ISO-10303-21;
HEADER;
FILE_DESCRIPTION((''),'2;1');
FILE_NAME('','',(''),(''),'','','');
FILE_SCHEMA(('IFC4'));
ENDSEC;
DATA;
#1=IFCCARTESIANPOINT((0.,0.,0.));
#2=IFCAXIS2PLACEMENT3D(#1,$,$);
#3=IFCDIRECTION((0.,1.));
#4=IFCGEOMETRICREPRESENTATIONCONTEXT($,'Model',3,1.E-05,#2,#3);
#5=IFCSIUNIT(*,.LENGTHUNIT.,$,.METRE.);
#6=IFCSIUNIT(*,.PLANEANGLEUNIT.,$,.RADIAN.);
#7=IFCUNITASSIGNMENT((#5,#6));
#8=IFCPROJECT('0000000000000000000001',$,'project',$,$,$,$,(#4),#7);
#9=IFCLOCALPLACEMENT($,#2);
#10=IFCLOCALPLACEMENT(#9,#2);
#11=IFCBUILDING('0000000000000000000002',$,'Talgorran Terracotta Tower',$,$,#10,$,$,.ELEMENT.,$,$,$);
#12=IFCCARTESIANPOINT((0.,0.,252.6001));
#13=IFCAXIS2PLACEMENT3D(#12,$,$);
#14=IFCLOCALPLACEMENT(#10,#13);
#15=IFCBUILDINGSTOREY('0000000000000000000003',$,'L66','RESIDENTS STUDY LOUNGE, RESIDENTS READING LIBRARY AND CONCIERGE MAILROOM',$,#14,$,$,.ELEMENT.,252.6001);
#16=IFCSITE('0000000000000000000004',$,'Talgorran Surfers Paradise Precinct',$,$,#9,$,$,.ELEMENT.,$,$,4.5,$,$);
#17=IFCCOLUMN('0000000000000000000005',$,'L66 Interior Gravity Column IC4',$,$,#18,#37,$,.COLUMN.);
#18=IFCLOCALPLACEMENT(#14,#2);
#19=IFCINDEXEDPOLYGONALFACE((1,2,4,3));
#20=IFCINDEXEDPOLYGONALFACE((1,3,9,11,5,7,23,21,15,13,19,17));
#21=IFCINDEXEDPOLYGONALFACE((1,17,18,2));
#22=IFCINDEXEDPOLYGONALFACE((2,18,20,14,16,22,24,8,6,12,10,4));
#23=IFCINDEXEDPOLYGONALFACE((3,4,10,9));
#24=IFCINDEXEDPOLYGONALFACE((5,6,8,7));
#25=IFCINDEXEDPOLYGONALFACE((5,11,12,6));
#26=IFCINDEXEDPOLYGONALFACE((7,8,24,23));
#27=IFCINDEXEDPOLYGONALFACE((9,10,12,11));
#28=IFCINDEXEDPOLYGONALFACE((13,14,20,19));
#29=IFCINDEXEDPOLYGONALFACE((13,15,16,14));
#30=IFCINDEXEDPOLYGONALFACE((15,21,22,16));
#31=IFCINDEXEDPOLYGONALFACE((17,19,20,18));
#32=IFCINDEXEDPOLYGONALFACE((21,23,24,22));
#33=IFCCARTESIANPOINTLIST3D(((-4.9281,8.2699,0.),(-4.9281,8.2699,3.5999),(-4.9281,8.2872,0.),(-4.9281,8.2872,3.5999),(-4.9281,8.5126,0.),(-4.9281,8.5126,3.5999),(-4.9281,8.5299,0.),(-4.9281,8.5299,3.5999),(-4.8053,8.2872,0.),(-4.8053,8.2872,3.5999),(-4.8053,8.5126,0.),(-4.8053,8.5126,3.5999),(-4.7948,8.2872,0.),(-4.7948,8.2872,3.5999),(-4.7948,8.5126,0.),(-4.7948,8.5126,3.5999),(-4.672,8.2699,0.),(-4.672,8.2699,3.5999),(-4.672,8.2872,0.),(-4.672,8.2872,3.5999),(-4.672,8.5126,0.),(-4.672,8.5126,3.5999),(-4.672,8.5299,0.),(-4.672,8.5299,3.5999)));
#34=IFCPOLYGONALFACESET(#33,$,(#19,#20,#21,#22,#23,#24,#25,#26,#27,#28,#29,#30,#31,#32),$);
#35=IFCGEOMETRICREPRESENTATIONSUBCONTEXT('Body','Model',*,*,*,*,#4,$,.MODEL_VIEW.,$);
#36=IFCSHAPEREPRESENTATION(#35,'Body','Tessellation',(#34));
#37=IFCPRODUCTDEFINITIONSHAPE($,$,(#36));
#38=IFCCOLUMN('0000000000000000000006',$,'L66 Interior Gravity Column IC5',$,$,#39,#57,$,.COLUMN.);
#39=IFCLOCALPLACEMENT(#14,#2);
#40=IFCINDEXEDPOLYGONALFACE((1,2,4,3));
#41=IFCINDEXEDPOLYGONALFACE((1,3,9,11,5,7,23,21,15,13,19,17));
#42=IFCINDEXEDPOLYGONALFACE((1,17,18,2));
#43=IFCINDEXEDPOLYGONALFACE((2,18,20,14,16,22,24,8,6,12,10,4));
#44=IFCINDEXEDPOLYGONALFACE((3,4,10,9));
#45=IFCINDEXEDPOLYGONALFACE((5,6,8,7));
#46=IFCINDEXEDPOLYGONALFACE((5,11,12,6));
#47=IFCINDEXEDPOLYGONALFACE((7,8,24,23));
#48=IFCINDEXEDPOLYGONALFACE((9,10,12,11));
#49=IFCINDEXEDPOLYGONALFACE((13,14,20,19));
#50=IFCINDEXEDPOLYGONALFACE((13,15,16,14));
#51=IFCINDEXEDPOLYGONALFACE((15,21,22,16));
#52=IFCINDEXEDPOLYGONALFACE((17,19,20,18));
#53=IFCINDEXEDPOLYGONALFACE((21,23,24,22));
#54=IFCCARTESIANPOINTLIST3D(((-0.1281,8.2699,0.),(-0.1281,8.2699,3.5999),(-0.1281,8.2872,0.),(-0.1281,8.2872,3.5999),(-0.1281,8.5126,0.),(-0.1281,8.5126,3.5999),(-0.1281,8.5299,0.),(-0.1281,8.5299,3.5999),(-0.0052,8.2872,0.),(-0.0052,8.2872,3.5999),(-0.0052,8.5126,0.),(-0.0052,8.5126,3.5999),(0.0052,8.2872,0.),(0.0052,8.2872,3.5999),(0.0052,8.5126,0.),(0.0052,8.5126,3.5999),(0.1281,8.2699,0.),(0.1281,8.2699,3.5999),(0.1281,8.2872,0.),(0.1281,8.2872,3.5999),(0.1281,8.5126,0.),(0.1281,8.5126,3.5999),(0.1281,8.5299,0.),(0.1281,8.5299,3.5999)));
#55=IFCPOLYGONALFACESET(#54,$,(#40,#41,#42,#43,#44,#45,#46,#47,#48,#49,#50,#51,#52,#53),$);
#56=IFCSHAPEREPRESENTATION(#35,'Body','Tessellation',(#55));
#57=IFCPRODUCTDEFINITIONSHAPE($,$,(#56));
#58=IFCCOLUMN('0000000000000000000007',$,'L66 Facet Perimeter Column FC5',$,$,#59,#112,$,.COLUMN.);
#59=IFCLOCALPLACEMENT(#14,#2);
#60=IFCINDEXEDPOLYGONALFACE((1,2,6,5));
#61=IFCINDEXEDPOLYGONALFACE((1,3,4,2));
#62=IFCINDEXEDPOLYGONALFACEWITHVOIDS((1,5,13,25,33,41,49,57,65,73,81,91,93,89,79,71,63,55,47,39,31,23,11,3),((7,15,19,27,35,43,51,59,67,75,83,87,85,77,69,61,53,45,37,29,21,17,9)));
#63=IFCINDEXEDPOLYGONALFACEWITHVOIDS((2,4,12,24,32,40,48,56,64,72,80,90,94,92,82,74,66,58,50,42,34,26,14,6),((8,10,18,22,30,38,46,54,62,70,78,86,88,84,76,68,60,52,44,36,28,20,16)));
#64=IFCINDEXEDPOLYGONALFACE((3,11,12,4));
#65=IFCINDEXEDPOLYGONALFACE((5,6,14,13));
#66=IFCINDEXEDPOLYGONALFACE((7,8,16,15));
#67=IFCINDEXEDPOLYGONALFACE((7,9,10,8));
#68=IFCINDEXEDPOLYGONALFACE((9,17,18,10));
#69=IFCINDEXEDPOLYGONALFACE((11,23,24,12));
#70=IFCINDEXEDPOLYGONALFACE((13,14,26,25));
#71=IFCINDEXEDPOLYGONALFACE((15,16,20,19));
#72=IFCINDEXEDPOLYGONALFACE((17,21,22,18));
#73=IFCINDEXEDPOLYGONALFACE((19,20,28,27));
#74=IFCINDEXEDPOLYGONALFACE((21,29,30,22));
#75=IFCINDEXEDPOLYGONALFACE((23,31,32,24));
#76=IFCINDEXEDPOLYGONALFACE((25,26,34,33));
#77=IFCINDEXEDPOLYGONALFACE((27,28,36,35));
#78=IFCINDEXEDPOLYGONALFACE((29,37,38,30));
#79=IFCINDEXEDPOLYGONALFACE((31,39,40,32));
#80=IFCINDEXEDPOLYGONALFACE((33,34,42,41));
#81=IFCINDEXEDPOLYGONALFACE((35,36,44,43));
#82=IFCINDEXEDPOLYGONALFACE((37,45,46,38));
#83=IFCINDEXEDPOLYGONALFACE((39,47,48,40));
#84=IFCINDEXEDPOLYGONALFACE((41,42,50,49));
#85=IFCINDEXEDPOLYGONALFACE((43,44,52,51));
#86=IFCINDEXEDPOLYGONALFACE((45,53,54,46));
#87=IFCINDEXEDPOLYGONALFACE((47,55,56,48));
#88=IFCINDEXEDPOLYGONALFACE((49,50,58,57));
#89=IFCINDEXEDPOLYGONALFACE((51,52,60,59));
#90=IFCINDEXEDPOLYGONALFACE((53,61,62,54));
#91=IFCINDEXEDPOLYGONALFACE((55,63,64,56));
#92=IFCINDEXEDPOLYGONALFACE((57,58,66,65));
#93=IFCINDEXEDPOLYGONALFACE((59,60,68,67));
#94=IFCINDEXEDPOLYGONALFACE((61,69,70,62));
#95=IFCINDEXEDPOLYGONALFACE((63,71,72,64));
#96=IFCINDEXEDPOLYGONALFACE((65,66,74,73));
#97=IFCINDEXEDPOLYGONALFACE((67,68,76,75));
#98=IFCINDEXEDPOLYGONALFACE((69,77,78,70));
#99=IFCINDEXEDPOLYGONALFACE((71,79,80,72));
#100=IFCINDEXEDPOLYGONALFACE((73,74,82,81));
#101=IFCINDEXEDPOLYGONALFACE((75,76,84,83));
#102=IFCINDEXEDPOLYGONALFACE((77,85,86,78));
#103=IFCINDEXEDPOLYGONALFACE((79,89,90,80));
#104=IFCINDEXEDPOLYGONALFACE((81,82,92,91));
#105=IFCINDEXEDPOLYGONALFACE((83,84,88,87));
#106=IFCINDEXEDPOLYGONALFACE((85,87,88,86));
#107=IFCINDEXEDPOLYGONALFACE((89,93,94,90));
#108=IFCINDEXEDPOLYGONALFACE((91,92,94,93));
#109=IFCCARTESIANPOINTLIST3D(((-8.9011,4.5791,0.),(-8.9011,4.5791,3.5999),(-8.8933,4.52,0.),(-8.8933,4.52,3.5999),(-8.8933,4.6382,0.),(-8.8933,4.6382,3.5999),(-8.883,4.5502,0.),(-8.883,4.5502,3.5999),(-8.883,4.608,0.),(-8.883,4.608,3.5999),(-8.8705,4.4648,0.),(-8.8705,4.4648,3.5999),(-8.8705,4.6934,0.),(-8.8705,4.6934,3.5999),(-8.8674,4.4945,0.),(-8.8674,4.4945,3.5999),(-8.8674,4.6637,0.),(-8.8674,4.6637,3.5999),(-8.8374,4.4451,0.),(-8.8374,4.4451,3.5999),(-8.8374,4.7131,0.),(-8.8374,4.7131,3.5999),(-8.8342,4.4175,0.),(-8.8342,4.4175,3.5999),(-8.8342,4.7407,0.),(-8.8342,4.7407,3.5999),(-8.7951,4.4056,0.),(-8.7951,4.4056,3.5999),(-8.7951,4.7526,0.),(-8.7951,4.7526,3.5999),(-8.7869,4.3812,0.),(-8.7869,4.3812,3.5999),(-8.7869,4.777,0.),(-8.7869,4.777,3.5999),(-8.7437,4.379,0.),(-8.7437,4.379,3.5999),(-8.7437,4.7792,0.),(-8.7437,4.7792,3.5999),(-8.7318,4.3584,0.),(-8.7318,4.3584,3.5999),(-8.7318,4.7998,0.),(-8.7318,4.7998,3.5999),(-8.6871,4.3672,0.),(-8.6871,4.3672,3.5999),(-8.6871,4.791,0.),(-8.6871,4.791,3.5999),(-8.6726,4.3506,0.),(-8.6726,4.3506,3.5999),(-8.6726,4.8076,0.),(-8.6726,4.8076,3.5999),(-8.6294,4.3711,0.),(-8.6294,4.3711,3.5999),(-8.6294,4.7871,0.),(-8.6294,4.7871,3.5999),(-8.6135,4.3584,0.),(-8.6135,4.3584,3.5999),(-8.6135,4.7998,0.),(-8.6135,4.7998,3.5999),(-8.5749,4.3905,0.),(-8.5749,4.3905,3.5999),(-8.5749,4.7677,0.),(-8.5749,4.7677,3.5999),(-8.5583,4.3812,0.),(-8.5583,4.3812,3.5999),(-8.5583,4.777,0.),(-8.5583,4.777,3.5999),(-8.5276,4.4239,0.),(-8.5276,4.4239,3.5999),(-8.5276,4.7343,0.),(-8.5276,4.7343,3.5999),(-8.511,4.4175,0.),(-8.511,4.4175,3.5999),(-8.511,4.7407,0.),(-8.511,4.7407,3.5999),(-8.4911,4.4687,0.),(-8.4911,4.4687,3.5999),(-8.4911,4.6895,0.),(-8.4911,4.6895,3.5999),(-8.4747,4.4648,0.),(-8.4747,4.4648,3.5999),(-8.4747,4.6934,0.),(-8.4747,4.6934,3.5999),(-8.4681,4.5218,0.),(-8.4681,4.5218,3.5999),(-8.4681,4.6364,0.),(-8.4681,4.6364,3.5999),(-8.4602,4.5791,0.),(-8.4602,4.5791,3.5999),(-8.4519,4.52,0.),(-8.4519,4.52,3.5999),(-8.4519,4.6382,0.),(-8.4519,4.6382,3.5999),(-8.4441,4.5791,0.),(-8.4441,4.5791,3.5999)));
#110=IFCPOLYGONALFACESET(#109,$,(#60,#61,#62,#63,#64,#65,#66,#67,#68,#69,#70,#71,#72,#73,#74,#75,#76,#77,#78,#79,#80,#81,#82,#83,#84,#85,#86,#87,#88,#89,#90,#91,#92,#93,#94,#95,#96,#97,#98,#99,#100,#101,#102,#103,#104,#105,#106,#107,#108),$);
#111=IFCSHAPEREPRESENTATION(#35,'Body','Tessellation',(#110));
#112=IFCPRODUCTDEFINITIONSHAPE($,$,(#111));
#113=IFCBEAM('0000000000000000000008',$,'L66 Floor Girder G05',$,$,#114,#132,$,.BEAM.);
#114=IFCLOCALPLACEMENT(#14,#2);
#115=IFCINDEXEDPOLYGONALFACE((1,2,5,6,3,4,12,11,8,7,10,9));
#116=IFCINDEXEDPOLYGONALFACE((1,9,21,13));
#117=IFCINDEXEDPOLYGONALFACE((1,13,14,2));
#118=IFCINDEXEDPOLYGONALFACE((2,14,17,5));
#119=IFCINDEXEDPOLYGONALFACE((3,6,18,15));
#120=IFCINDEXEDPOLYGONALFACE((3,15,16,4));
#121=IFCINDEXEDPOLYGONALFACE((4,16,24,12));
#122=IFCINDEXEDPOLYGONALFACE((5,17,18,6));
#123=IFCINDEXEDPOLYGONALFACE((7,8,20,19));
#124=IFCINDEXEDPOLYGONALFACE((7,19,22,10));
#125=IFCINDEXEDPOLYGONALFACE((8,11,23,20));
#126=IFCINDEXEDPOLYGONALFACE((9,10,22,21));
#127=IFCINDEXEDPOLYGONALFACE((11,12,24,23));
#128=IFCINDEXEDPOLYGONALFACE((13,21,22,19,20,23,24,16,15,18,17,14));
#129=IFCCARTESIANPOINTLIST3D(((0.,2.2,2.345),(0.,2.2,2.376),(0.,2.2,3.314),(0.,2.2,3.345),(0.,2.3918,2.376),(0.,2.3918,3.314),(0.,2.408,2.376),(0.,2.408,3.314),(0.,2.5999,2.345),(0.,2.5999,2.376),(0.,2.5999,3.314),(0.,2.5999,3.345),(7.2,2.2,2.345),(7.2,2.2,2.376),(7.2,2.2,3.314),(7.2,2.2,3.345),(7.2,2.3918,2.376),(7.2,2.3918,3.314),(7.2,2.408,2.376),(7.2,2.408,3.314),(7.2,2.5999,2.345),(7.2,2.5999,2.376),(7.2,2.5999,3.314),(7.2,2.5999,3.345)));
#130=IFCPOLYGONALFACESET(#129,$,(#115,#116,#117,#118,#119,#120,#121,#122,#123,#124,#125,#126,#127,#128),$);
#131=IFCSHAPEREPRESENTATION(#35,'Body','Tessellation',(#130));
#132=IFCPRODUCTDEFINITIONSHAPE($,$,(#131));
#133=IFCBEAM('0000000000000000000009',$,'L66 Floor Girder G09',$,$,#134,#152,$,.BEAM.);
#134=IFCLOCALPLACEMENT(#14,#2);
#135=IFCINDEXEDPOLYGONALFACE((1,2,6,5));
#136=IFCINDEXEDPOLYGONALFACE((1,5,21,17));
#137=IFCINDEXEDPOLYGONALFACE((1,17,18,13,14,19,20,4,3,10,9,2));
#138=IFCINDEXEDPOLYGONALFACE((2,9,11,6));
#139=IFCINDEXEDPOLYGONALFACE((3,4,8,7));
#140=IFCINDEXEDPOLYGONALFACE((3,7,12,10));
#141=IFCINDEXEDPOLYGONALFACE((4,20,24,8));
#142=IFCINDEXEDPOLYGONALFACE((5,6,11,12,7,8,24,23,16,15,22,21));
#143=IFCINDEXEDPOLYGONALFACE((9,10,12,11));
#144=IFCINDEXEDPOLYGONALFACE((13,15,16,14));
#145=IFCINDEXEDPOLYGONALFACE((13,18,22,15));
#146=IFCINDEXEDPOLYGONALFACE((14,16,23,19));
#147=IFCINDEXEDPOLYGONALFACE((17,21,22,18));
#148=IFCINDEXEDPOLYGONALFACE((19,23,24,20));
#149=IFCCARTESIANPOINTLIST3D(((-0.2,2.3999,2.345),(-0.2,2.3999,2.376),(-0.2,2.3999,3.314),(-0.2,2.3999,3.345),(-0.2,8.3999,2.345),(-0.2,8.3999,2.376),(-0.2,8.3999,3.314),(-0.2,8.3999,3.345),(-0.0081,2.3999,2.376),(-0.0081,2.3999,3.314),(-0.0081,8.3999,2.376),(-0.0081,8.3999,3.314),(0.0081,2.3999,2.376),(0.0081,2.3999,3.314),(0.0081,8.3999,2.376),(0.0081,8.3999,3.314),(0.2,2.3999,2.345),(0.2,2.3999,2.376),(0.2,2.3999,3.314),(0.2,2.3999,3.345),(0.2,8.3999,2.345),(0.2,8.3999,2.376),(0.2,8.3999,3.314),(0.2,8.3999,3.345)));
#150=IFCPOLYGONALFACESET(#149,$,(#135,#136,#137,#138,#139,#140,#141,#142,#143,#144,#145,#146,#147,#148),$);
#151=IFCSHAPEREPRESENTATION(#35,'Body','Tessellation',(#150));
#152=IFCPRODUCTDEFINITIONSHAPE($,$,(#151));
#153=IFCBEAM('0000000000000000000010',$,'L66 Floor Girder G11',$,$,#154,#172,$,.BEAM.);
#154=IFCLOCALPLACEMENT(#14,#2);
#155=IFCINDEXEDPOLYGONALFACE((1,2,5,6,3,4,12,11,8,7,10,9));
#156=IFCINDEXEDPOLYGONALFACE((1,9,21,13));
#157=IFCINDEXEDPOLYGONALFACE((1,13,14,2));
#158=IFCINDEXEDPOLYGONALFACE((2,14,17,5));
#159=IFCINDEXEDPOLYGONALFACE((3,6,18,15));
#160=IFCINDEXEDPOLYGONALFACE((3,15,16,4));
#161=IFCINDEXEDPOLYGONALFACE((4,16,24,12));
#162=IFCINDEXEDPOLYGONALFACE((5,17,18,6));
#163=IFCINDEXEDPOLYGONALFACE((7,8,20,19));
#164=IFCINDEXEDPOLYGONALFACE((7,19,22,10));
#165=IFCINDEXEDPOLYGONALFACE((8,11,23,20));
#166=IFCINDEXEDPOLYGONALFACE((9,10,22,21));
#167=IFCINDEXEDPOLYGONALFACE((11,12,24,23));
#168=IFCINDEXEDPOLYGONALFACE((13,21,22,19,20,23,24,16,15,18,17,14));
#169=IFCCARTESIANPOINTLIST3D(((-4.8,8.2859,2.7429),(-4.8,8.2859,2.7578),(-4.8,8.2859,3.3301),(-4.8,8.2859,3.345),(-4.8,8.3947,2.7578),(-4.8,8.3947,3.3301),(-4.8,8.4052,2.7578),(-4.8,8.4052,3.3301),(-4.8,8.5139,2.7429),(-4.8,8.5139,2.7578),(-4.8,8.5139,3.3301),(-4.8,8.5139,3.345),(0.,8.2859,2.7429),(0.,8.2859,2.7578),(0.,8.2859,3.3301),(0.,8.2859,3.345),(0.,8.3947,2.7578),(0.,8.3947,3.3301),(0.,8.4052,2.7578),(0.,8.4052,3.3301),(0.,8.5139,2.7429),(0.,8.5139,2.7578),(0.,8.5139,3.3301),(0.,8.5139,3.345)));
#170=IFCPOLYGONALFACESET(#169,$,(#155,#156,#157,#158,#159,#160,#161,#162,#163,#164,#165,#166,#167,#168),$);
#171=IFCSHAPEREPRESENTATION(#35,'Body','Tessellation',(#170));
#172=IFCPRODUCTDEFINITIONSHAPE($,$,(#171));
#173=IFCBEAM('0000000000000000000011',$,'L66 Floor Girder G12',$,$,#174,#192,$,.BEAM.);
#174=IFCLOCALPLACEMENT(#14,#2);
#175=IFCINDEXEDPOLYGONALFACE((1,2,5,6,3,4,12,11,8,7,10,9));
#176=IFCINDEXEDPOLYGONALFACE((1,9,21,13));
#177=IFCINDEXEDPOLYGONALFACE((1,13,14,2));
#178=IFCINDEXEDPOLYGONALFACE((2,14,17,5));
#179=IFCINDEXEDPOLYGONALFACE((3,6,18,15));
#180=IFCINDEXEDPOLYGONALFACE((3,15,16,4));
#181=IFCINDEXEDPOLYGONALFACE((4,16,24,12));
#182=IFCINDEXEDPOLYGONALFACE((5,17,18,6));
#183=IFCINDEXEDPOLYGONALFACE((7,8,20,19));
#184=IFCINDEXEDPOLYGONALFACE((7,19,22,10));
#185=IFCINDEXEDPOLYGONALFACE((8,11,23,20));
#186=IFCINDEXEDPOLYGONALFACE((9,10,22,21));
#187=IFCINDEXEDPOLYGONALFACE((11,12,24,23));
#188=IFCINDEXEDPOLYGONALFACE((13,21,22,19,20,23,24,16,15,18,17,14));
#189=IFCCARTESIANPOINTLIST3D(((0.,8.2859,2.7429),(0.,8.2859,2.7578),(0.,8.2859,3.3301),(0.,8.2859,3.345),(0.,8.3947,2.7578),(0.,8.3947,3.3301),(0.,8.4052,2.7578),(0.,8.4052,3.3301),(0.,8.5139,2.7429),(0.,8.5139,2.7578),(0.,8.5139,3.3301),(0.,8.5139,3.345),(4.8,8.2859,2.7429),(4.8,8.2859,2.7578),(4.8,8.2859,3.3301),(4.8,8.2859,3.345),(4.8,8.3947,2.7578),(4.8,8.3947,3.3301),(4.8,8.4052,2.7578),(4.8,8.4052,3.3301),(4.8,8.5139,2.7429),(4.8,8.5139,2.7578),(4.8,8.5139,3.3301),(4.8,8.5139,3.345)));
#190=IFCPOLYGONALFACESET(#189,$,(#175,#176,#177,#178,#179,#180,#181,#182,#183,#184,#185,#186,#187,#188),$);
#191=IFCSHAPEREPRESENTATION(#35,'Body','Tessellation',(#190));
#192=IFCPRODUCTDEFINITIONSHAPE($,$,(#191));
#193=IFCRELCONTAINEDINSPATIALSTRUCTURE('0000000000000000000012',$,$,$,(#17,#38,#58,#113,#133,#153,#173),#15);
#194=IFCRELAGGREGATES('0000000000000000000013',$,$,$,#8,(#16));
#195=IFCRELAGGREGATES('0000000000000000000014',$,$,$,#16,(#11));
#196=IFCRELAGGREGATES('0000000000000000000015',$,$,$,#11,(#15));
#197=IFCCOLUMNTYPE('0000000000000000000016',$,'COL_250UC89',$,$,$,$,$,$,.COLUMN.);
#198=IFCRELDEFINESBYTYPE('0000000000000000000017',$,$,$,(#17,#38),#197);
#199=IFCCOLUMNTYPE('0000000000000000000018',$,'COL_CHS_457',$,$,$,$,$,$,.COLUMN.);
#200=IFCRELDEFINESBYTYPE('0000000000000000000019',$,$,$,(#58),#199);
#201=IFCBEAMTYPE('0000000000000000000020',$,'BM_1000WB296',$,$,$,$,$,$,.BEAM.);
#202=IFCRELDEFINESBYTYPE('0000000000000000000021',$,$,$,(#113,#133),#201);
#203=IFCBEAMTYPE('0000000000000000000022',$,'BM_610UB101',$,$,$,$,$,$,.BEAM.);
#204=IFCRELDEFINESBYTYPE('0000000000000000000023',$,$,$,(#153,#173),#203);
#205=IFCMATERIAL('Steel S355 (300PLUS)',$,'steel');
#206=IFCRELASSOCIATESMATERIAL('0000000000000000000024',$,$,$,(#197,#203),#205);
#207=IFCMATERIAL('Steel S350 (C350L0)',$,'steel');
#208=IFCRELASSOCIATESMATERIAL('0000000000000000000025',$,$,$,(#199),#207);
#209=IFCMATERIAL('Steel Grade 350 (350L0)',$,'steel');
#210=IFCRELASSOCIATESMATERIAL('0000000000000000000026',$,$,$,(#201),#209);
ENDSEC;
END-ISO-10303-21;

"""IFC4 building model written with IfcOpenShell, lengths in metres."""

from ifc_helpers import new_model, si_unit, direction, frame, origin, origin_2d, place, context, subcontext, project, spatial, hollow_circle, i_section, extrude, material, material_profile, profile_set, type_object, element, save


model = new_model("IFC4")

# Units and contexts
model_context = context("Model", 3, precision=1e-05, world=origin(), true_north=direction((0.0, 1.0)))
body_context = subcontext(model_context, "Body", "Model", "MODEL_VIEW")
ifc_project = project(units=[si_unit("LENGTHUNIT", "METRE"), si_unit("PLANEANGLEUNIT", "RADIAN")], contexts=[model_context])

# Site, building, storey
site_placement = place(None, origin())
site = spatial("IfcSite", under=ifc_project, at=site_placement, Name="Talgorran Surfers Paradise Precinct", CompositionType="ELEMENT", RefElevation=4.5)
building_placement = place(site_placement, origin())
building = spatial("IfcBuilding", under=site, at=building_placement, Name="Talgorran Terracotta Tower", CompositionType="ELEMENT")
storey_placement = place(building_placement, frame((0.0, 0.0, 252.6001)))
storey = spatial("IfcBuildingStorey", under=building, at=storey_placement, Name="L66", Description="RESIDENTS STUDY LOUNGE, RESIDENTS READING LIBRARY AND CONCIERGE MAILROOM", CompositionType="ELEMENT", Elevation=252.6001)

# Columns
ifc_material_1 = material(Name="Steel S355 (300PLUS)", Category="steel")
ifc_material_profile_1 = material_profile(ifc_material_1, i_section(OverallWidth=0.2561, OverallDepth=0.26, WebThickness=0.0105, FlangeThickness=0.0173, at=origin_2d()), Name="250UC89.5")
ifc_profile_set_1 = profile_set([ifc_material_profile_1], Name="Steel S355 (300PLUS)")
column_type_1 = type_object("IfcColumnType", Name="COL_250UC89", PredefinedType="COLUMN", material=ifc_profile_set_1)
for number, where, z_axis, x_axis, name in (
    (1, (-4.8, 8.3999, 0.0), (0.0, 0.0, 1.0), (1.0, 0.0, 0.0), "L66 Interior Gravity Column IC4"),
    (2, (0.0, 8.3999, 0.0), (0.0, 0.0, 1.0), (1.0, 0.0, 0.0), "L66 Interior Gravity Column IC5"),
):
    element("IfcColumn", number, at=place(storey_placement, frame(where, z_axis=z_axis, x_axis=x_axis)), inside=storey, type_object=column_type_1, Name=name, PredefinedType="COLUMN", context=body_context, shape_type="SweptSolid", body=[
        extrude(i_section(OverallWidth=0.2561, OverallDepth=0.26, WebThickness=0.0105, FlangeThickness=0.0173, at=origin_2d()), origin(), (0.0, 0.0, 1.0), 3.5999),
    ])
ifc_material_2 = material(Name="Steel S350 (C350L0)", Category="steel")
ifc_material_profile_2 = material_profile(ifc_material_2, hollow_circle(Radius=0.2285, WallThickness=0.0161, at=origin_2d()), Name="CHS457X16")
ifc_profile_set_2 = profile_set([ifc_material_profile_2], Name="Steel S350 (C350L0)")
column_type_2 = type_object("IfcColumnType", Name="COL_CHS_457", PredefinedType="COLUMN", material=ifc_profile_set_2)
column_placement = place(storey_placement, frame((-8.6726, 4.5791, 0.0), z_axis=(0.0, 0.0, 1.0), x_axis=(1.0, 0.0, 0.0)))
element("IfcColumn", 3, at=column_placement, inside=storey, type_object=column_type_2, Name="L66 Facet Perimeter Column FC5", PredefinedType="COLUMN", context=body_context, shape_type="SweptSolid", body=[
    extrude(hollow_circle(Radius=0.2285, WallThickness=0.0161, at=origin_2d()), origin(), (0.0, 0.0, 1.0), 3.5999),
])

# Beams
ifc_material_3 = material(Name="Steel Grade 350 (350L0)", Category="steel")
ifc_material_profile_3 = material_profile(ifc_material_3, i_section(OverallWidth=0.3999, OverallDepth=1.0, WebThickness=0.0161, FlangeThickness=0.031, at=origin_2d()), Name="1000WB296")
ifc_profile_set_3 = profile_set([ifc_material_profile_3], Name="Steel Grade 350 (350L0)")
beam_type_1 = type_object("IfcBeamType", Name="BM_1000WB296", PredefinedType="BEAM", material=ifc_profile_set_3)
beam_1_placement = place(storey_placement, frame((0.0, 2.3999, 2.845), z_axis=(1.0, 0.0, 0.0), x_axis=(0.0, 1.0, 0.0)))
element("IfcBeam", 4, at=beam_1_placement, inside=storey, type_object=beam_type_1, Name="L66 Floor Girder G05", PredefinedType="BEAM", context=body_context, shape_type="SweptSolid", body=[
    extrude(i_section(OverallWidth=0.3999, OverallDepth=1.0, WebThickness=0.0161, FlangeThickness=0.031, at=origin_2d()), origin(), (0.0, 0.0, 1.0), 7.2),
])
beam_2_placement = place(storey_placement, frame((0.0, 2.3999, 2.845), z_axis=(0.0, 1.0, 0.0), x_axis=(-1.0, 0.0, 0.0)))
element("IfcBeam", 5, at=beam_2_placement, inside=storey, type_object=beam_type_1, Name="L66 Floor Girder G09", PredefinedType="BEAM", context=body_context, shape_type="SweptSolid", body=[
    extrude(i_section(OverallWidth=0.3999, OverallDepth=1.0, WebThickness=0.0161, FlangeThickness=0.031, at=origin_2d()), origin(), (0.0, 0.0, 1.0), 6.0),
])
ifc_material_profile_4 = material_profile(ifc_material_1, i_section(OverallWidth=0.228, OverallDepth=0.6021, WebThickness=0.0105, FlangeThickness=0.0149, at=origin_2d()), Name="610UB101")
ifc_profile_set_4 = profile_set([ifc_material_profile_4], Name="Steel S355 (300PLUS)")
beam_type_2 = type_object("IfcBeamType", Name="BM_610UB101", PredefinedType="BEAM", material=ifc_profile_set_4)
for number, where, z_axis, x_axis, name in (
    (6, (-4.8, 8.3999, 3.0439), (1.0, 0.0, 0.0), (0.0, 1.0, 0.0), "L66 Floor Girder G11"),
    (7, (0.0, 8.3999, 3.0439), (1.0, 0.0, 0.0), (0.0, 1.0, 0.0), "L66 Floor Girder G12"),
):
    element("IfcBeam", number, at=place(storey_placement, frame(where, z_axis=z_axis, x_axis=x_axis)), inside=storey, type_object=beam_type_2, Name=name, PredefinedType="BEAM", context=body_context, shape_type="SweptSolid", body=[
        extrude(i_section(OverallWidth=0.228, OverallDepth=0.6021, WebThickness=0.0105, FlangeThickness=0.0149, at=origin_2d()), origin(), (0.0, 0.0, 1.0), 4.8),
    ])

save(model, "model.ifc")
